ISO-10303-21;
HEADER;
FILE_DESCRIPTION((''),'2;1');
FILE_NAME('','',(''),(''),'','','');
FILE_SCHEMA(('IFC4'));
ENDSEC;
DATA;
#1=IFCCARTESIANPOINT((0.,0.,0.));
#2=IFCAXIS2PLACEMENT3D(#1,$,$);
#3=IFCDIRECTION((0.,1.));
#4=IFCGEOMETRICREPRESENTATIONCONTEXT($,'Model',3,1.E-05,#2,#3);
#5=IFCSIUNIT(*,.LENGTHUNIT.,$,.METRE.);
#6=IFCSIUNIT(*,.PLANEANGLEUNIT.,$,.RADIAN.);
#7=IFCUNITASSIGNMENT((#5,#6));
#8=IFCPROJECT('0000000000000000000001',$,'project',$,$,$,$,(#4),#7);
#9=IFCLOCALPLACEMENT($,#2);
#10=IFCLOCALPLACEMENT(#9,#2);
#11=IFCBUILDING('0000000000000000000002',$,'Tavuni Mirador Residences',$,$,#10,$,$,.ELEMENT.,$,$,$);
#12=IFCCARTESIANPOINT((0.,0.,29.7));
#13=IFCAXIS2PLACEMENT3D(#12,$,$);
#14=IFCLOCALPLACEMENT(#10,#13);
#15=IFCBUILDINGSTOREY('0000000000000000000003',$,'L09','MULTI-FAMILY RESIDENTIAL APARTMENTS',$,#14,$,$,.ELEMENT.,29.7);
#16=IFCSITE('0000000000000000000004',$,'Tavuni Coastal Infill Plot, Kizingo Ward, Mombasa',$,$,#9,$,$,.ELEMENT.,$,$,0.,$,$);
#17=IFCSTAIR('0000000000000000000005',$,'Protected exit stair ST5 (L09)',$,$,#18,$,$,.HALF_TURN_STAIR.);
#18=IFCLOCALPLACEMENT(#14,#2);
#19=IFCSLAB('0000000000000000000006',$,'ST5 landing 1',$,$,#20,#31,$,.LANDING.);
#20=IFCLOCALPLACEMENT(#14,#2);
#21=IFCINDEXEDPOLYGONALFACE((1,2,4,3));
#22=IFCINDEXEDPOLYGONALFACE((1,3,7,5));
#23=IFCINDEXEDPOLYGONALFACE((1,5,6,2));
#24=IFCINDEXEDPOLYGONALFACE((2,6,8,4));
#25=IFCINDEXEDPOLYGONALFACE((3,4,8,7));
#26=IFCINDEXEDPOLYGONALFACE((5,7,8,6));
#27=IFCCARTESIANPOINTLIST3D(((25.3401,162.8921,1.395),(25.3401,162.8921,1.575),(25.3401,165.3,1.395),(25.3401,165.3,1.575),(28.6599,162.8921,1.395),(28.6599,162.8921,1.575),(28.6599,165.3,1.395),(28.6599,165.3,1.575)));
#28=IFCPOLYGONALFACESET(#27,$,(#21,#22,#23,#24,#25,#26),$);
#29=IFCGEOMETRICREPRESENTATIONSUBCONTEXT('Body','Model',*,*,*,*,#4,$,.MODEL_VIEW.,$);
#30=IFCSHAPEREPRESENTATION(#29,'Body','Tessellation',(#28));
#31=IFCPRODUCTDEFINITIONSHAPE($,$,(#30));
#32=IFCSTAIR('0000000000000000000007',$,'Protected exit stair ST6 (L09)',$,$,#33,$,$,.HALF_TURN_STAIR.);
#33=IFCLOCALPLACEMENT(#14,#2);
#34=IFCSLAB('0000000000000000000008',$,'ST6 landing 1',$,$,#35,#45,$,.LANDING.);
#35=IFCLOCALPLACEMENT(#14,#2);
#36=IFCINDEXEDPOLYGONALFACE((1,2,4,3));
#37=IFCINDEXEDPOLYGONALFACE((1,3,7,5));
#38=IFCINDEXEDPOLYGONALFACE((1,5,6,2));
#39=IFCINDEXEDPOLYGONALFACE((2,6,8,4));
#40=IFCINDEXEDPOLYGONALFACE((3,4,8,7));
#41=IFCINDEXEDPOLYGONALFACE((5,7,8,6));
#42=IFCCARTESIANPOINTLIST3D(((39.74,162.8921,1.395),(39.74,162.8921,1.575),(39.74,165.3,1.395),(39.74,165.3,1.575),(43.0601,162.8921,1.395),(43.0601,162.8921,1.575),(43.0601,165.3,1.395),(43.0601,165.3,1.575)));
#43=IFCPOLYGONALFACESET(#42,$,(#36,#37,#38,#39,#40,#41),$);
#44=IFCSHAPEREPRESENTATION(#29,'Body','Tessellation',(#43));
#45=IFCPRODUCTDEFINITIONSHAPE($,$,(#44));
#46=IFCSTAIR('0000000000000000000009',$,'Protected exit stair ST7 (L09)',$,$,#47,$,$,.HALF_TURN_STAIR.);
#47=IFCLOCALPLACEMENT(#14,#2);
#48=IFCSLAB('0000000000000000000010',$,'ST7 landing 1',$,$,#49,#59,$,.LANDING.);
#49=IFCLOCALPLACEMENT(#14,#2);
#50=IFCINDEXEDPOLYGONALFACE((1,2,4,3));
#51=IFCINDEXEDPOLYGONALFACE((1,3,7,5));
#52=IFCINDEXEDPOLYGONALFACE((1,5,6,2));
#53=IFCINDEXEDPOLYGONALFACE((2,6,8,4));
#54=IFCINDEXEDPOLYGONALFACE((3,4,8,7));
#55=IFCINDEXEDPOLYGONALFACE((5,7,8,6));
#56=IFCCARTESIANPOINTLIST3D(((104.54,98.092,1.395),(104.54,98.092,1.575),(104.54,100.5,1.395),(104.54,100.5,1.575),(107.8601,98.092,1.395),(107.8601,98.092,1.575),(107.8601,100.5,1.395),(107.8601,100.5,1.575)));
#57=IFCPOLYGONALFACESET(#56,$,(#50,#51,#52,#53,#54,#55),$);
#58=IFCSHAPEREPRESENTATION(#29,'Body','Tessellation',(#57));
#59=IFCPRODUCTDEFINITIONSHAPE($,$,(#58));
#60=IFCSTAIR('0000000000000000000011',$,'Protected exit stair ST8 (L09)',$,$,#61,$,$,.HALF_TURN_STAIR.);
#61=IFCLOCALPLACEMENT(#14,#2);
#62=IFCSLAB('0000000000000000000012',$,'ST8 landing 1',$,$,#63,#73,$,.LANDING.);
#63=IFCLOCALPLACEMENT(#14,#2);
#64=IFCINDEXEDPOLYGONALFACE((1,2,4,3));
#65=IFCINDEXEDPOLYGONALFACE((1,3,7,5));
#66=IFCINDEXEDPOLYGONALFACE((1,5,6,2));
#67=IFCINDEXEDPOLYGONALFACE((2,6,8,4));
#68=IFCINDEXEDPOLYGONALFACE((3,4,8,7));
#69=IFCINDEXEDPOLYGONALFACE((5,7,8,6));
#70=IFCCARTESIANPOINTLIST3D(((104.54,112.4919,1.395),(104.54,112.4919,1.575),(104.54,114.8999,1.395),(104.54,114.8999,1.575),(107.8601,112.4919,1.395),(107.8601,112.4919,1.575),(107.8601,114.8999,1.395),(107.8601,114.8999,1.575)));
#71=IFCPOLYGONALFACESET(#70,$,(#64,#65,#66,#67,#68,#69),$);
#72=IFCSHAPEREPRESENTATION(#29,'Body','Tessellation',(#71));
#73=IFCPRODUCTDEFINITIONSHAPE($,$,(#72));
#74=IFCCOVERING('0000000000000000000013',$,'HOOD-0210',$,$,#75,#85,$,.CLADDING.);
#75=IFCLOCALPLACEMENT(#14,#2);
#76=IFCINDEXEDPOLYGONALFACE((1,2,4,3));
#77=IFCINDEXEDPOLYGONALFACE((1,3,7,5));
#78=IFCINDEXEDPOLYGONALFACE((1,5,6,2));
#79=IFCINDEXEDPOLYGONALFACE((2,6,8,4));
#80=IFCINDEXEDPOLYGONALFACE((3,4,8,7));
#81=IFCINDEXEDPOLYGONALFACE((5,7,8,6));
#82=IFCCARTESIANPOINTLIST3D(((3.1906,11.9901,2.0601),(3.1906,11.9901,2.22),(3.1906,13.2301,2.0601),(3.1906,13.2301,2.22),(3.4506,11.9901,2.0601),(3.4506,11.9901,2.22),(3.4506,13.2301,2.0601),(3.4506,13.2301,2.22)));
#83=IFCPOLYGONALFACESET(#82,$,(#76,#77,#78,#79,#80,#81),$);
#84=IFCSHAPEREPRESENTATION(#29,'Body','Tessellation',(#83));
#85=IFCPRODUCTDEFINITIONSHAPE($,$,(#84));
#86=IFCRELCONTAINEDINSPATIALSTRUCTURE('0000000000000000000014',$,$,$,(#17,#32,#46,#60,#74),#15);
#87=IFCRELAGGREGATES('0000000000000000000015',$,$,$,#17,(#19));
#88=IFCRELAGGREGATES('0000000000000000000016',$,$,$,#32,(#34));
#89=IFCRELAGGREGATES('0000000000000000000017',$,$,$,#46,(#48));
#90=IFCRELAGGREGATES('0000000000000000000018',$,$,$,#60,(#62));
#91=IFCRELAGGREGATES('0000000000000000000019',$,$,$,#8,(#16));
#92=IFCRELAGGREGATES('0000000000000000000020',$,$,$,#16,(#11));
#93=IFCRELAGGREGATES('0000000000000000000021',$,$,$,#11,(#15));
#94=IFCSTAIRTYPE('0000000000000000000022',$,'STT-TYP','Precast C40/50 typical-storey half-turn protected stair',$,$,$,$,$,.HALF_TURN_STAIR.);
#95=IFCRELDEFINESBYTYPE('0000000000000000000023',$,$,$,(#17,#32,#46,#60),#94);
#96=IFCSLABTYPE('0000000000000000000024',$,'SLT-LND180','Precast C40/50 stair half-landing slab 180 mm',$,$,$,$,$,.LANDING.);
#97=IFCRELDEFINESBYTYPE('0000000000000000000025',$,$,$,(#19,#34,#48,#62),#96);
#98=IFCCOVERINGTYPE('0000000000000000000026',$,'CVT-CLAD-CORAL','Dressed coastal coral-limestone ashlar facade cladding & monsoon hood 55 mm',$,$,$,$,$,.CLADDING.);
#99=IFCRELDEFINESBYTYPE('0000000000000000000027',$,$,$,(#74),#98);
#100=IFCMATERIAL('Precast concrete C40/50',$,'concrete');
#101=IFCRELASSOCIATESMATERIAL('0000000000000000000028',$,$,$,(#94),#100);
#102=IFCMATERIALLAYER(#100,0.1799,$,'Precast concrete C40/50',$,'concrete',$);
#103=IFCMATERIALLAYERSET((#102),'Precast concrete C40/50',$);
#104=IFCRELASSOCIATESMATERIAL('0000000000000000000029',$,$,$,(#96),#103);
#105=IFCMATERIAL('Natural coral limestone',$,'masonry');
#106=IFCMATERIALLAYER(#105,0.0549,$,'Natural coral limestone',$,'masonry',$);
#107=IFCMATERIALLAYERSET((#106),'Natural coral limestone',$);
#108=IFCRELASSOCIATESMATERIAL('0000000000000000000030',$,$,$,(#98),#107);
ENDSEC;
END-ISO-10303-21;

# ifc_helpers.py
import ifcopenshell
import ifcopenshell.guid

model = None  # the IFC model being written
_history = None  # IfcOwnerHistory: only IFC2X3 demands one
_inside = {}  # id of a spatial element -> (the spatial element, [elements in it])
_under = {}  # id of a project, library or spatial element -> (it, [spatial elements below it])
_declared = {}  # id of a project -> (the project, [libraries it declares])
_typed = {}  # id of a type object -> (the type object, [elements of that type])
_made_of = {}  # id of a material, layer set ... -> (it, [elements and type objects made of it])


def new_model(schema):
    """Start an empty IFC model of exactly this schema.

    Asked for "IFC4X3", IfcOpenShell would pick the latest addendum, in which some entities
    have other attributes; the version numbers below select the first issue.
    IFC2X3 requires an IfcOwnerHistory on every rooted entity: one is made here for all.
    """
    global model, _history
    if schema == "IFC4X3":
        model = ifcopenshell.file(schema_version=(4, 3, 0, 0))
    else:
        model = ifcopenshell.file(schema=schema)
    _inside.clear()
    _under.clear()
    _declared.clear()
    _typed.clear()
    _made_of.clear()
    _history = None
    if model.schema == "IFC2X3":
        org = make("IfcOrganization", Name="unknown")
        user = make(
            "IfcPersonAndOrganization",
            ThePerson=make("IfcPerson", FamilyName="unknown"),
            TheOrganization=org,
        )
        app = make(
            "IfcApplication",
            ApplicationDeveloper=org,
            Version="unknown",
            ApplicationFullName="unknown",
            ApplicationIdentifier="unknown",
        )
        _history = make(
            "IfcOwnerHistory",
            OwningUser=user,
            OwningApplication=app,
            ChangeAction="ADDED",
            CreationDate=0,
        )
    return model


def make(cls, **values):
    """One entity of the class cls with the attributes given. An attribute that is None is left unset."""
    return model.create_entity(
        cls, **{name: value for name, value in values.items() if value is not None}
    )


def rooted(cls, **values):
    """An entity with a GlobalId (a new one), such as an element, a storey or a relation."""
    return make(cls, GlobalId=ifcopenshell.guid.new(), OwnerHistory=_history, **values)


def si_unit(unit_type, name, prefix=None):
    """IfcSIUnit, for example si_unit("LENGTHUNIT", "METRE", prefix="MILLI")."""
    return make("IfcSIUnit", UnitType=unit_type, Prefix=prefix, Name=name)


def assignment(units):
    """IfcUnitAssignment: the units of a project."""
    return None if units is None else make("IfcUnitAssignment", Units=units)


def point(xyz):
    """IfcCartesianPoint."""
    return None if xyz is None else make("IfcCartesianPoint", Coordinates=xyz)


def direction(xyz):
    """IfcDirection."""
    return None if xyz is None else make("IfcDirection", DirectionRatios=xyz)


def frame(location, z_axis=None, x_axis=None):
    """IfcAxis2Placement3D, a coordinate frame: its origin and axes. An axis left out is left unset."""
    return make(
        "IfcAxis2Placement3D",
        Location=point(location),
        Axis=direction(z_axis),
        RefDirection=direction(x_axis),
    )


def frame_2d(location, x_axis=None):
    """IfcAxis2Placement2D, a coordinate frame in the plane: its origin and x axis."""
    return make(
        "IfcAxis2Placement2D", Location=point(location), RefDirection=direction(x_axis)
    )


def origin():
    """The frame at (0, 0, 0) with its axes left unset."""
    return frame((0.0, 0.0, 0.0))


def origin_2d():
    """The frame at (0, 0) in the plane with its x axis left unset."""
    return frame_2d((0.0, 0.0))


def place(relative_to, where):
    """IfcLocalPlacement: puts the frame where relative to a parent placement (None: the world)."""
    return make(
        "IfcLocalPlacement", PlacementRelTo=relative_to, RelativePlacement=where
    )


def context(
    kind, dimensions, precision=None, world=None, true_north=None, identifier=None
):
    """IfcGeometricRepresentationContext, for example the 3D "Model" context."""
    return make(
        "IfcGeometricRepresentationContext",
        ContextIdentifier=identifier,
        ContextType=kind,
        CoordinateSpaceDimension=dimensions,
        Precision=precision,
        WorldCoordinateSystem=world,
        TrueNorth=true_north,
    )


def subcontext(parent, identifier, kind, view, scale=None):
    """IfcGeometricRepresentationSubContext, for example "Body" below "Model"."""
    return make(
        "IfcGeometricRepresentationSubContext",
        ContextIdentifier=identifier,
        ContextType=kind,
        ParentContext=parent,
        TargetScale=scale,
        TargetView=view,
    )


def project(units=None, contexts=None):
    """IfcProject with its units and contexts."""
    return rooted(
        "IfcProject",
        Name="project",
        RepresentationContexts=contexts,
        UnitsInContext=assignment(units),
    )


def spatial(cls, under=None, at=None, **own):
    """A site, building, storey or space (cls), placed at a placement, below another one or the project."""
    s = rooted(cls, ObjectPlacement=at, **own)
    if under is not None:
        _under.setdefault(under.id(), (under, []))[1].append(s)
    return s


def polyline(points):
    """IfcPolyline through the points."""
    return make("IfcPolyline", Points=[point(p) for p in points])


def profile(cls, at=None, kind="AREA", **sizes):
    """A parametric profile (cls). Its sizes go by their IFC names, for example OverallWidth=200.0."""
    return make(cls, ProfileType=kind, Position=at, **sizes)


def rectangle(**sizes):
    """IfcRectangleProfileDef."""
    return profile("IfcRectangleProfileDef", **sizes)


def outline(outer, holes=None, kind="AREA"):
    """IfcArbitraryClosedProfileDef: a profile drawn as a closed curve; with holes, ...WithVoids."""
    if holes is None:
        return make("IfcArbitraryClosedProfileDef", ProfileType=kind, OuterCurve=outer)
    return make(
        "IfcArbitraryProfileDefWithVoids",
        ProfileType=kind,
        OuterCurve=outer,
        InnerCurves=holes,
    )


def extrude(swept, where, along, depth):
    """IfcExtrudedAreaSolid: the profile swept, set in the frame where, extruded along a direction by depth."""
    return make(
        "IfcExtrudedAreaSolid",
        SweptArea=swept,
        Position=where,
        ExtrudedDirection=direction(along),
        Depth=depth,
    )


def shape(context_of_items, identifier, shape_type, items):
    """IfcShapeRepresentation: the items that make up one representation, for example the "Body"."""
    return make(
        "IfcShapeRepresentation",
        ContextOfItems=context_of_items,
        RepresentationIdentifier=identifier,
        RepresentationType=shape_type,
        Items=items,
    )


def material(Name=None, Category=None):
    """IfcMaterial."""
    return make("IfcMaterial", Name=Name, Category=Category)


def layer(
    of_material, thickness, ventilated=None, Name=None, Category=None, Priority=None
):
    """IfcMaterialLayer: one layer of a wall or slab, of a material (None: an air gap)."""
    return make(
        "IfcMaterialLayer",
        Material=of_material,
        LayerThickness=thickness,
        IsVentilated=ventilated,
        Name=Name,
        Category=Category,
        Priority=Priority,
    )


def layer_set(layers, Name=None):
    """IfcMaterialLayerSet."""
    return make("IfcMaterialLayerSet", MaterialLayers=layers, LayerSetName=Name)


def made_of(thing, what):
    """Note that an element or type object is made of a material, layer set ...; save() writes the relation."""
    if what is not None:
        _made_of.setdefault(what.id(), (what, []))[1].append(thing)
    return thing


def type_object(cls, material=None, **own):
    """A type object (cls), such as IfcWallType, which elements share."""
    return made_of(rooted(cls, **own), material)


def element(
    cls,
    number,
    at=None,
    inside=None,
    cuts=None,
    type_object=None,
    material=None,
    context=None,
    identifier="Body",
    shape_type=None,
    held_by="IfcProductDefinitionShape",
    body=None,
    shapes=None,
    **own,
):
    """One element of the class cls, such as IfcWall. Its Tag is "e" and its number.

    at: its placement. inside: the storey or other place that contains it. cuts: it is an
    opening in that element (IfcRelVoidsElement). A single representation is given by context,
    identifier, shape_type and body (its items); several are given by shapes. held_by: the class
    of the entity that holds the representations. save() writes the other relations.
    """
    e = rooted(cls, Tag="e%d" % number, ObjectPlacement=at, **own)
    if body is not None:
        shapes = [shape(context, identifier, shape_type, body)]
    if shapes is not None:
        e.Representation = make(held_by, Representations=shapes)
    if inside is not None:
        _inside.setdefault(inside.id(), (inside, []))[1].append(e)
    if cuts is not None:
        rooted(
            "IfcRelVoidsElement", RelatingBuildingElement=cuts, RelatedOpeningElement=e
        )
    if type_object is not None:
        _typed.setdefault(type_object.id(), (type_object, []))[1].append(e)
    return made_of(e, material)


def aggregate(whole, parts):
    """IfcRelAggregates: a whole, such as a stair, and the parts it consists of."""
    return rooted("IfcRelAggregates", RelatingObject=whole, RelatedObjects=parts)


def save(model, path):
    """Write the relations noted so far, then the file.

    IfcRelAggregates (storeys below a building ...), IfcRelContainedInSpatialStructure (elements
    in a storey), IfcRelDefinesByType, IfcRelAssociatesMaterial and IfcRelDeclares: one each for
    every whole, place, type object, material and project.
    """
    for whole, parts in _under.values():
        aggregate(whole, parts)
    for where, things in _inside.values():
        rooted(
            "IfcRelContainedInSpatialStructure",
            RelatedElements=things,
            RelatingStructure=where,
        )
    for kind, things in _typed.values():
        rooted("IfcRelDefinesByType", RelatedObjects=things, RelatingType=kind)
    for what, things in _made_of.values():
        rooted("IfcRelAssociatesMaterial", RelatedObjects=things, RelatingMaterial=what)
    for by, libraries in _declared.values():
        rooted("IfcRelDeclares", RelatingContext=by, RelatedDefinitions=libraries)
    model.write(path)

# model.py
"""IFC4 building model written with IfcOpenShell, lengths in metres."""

from ifc_helpers import new_model, si_unit, direction, frame, origin, origin_2d, place, context, subcontext, project, spatial, polyline, rectangle, outline, extrude, material, layer, layer_set, type_object, element, aggregate, save


model = new_model("IFC4")

# Units and contexts
model_context = context("Model", 3, precision=1e-05, world=origin(), true_north=direction((0.0, 1.0)))
body_context = subcontext(model_context, "Body", "Model", "MODEL_VIEW")
ifc_project = project(units=[si_unit("LENGTHUNIT", "METRE"), si_unit("PLANEANGLEUNIT", "RADIAN")], contexts=[model_context])

# Site, building, storey
site_placement = place(None, origin())
site = spatial("IfcSite", under=ifc_project, at=site_placement, Name="Tavuni Coastal Infill Plot, Kizingo Ward, Mombasa", CompositionType="ELEMENT", RefElevation=0.0)
building_placement = place(site_placement, origin())
building = spatial("IfcBuilding", under=site, at=building_placement, Name="Tavuni Mirador Residences", CompositionType="ELEMENT")
storey_placement = place(building_placement, frame((0.0, 0.0, 29.7)))
storey = spatial("IfcBuildingStorey", under=building, at=storey_placement, Name="L09", Description="MULTI-FAMILY RESIDENTIAL APARTMENTS", CompositionType="ELEMENT", Elevation=29.7)

# Stairs, slabs
ifc_material_1 = material(Name="Precast concrete C40/50", Category="concrete")
stair_type = type_object("IfcStairType", Name="STT-TYP", Description="Precast C40/50 typical-storey half-turn protected stair", PredefinedType="HALF_TURN_STAIR", material=ifc_material_1)
ifc_layer_1 = layer(ifc_material_1, 0.1799, Name="Precast concrete C40/50", Category="concrete")
ifc_layer_set_1 = layer_set([ifc_layer_1], Name="Precast concrete C40/50")
slab_type_1 = type_object("IfcSlabType", Name="SLT-LND180", Description="Precast C40/50 stair half-landing slab 180 mm", PredefinedType="LANDING", material=ifc_layer_set_1)
stair_1_placement = place(storey_placement, origin())
stair_1 = element("IfcStair", 1, at=stair_1_placement, inside=storey, type_object=stair_type, Name="Protected exit stair ST5 (L09)", PredefinedType="HALF_TURN_STAIR")
slab_1_placement = place(storey_placement, frame((0.0, 0.0, 1.395)))
slab_1 = element("IfcSlab", 2, at=slab_1_placement, type_object=slab_type_1, Name="ST5 landing 1", PredefinedType="LANDING", context=body_context, shape_type="SweptSolid", body=[
    extrude(outline(polyline([(25.3401, 162.8921), (28.6599, 162.8921), (28.6599, 165.3), (25.3401, 165.3), (25.3401, 162.8921)])), origin(), (0.0, 0.0, 1.0), 0.1799),
])
aggregate(stair_1, [slab_1])
stair_2_placement = place(storey_placement, origin())
stair_2 = element("IfcStair", 3, at=stair_2_placement, inside=storey, type_object=stair_type, Name="Protected exit stair ST6 (L09)", PredefinedType="HALF_TURN_STAIR")
slab_2_placement = place(storey_placement, frame((0.0, 0.0, 1.395)))
slab_2 = element("IfcSlab", 4, at=slab_2_placement, type_object=slab_type_1, Name="ST6 landing 1", PredefinedType="LANDING", context=body_context, shape_type="SweptSolid", body=[
    extrude(outline(polyline([(39.74, 162.8921), (43.0601, 162.8921), (43.0601, 165.3), (39.74, 165.3), (39.74, 162.8921)])), origin(), (0.0, 0.0, 1.0), 0.1799),
])
aggregate(stair_2, [slab_2])
stair_3_placement = place(storey_placement, origin())
stair_3 = element("IfcStair", 5, at=stair_3_placement, inside=storey, type_object=stair_type, Name="Protected exit stair ST7 (L09)", PredefinedType="HALF_TURN_STAIR")
slab_3_placement = place(storey_placement, frame((0.0, 0.0, 1.395)))
slab_3 = element("IfcSlab", 6, at=slab_3_placement, type_object=slab_type_1, Name="ST7 landing 1", PredefinedType="LANDING", context=body_context, shape_type="SweptSolid", body=[
    extrude(outline(polyline([(104.54, 98.092), (107.8601, 98.092), (107.8601, 100.5), (104.54, 100.5), (104.54, 98.092)])), origin(), (0.0, 0.0, 1.0), 0.1799),
])
aggregate(stair_3, [slab_3])
stair_4_placement = place(storey_placement, origin())
stair_4 = element("IfcStair", 7, at=stair_4_placement, inside=storey, type_object=stair_type, Name="Protected exit stair ST8 (L09)", PredefinedType="HALF_TURN_STAIR")
slab_4_placement = place(storey_placement, frame((0.0, 0.0, 1.395)))
slab_4 = element("IfcSlab", 8, at=slab_4_placement, type_object=slab_type_1, Name="ST8 landing 1", PredefinedType="LANDING", context=body_context, shape_type="SweptSolid", body=[
    extrude(outline(polyline([(104.54, 112.4919), (107.8601, 112.4919), (107.8601, 114.8999), (104.54, 114.8999), (104.54, 112.4919)])), origin(), (0.0, 0.0, 1.0), 0.1799),
])
aggregate(stair_4, [slab_4])

# Covering
ifc_material_2 = material(Name="Natural coral limestone", Category="masonry")
ifc_layer_2 = layer(ifc_material_2, 0.0549, Name="Natural coral limestone", Category="masonry")
ifc_layer_set_2 = layer_set([ifc_layer_2], Name="Natural coral limestone")
covering_type = type_object("IfcCoveringType", Name="CVT-CLAD-CORAL", Description="Dressed coastal coral-limestone ashlar facade cladding & monsoon hood 55 mm", PredefinedType="CLADDING", material=ifc_layer_set_2)
covering_placement = place(storey_placement, frame((3.3206, 12.6101, 2.0601), z_axis=(0.0, 0.0, 1.0), x_axis=(0.0, -1.0, 0.0)))
element("IfcCovering", 9, at=covering_placement, inside=storey, type_object=covering_type, Name="HOOD-0210", PredefinedType="CLADDING", context=body_context, shape_type="SweptSolid", body=[
    extrude(rectangle(XDim=1.24, YDim=0.26, at=origin_2d()), origin(), (0.0, 0.0, 1.0), 0.1599),
])

save(model, "model.ifc")
